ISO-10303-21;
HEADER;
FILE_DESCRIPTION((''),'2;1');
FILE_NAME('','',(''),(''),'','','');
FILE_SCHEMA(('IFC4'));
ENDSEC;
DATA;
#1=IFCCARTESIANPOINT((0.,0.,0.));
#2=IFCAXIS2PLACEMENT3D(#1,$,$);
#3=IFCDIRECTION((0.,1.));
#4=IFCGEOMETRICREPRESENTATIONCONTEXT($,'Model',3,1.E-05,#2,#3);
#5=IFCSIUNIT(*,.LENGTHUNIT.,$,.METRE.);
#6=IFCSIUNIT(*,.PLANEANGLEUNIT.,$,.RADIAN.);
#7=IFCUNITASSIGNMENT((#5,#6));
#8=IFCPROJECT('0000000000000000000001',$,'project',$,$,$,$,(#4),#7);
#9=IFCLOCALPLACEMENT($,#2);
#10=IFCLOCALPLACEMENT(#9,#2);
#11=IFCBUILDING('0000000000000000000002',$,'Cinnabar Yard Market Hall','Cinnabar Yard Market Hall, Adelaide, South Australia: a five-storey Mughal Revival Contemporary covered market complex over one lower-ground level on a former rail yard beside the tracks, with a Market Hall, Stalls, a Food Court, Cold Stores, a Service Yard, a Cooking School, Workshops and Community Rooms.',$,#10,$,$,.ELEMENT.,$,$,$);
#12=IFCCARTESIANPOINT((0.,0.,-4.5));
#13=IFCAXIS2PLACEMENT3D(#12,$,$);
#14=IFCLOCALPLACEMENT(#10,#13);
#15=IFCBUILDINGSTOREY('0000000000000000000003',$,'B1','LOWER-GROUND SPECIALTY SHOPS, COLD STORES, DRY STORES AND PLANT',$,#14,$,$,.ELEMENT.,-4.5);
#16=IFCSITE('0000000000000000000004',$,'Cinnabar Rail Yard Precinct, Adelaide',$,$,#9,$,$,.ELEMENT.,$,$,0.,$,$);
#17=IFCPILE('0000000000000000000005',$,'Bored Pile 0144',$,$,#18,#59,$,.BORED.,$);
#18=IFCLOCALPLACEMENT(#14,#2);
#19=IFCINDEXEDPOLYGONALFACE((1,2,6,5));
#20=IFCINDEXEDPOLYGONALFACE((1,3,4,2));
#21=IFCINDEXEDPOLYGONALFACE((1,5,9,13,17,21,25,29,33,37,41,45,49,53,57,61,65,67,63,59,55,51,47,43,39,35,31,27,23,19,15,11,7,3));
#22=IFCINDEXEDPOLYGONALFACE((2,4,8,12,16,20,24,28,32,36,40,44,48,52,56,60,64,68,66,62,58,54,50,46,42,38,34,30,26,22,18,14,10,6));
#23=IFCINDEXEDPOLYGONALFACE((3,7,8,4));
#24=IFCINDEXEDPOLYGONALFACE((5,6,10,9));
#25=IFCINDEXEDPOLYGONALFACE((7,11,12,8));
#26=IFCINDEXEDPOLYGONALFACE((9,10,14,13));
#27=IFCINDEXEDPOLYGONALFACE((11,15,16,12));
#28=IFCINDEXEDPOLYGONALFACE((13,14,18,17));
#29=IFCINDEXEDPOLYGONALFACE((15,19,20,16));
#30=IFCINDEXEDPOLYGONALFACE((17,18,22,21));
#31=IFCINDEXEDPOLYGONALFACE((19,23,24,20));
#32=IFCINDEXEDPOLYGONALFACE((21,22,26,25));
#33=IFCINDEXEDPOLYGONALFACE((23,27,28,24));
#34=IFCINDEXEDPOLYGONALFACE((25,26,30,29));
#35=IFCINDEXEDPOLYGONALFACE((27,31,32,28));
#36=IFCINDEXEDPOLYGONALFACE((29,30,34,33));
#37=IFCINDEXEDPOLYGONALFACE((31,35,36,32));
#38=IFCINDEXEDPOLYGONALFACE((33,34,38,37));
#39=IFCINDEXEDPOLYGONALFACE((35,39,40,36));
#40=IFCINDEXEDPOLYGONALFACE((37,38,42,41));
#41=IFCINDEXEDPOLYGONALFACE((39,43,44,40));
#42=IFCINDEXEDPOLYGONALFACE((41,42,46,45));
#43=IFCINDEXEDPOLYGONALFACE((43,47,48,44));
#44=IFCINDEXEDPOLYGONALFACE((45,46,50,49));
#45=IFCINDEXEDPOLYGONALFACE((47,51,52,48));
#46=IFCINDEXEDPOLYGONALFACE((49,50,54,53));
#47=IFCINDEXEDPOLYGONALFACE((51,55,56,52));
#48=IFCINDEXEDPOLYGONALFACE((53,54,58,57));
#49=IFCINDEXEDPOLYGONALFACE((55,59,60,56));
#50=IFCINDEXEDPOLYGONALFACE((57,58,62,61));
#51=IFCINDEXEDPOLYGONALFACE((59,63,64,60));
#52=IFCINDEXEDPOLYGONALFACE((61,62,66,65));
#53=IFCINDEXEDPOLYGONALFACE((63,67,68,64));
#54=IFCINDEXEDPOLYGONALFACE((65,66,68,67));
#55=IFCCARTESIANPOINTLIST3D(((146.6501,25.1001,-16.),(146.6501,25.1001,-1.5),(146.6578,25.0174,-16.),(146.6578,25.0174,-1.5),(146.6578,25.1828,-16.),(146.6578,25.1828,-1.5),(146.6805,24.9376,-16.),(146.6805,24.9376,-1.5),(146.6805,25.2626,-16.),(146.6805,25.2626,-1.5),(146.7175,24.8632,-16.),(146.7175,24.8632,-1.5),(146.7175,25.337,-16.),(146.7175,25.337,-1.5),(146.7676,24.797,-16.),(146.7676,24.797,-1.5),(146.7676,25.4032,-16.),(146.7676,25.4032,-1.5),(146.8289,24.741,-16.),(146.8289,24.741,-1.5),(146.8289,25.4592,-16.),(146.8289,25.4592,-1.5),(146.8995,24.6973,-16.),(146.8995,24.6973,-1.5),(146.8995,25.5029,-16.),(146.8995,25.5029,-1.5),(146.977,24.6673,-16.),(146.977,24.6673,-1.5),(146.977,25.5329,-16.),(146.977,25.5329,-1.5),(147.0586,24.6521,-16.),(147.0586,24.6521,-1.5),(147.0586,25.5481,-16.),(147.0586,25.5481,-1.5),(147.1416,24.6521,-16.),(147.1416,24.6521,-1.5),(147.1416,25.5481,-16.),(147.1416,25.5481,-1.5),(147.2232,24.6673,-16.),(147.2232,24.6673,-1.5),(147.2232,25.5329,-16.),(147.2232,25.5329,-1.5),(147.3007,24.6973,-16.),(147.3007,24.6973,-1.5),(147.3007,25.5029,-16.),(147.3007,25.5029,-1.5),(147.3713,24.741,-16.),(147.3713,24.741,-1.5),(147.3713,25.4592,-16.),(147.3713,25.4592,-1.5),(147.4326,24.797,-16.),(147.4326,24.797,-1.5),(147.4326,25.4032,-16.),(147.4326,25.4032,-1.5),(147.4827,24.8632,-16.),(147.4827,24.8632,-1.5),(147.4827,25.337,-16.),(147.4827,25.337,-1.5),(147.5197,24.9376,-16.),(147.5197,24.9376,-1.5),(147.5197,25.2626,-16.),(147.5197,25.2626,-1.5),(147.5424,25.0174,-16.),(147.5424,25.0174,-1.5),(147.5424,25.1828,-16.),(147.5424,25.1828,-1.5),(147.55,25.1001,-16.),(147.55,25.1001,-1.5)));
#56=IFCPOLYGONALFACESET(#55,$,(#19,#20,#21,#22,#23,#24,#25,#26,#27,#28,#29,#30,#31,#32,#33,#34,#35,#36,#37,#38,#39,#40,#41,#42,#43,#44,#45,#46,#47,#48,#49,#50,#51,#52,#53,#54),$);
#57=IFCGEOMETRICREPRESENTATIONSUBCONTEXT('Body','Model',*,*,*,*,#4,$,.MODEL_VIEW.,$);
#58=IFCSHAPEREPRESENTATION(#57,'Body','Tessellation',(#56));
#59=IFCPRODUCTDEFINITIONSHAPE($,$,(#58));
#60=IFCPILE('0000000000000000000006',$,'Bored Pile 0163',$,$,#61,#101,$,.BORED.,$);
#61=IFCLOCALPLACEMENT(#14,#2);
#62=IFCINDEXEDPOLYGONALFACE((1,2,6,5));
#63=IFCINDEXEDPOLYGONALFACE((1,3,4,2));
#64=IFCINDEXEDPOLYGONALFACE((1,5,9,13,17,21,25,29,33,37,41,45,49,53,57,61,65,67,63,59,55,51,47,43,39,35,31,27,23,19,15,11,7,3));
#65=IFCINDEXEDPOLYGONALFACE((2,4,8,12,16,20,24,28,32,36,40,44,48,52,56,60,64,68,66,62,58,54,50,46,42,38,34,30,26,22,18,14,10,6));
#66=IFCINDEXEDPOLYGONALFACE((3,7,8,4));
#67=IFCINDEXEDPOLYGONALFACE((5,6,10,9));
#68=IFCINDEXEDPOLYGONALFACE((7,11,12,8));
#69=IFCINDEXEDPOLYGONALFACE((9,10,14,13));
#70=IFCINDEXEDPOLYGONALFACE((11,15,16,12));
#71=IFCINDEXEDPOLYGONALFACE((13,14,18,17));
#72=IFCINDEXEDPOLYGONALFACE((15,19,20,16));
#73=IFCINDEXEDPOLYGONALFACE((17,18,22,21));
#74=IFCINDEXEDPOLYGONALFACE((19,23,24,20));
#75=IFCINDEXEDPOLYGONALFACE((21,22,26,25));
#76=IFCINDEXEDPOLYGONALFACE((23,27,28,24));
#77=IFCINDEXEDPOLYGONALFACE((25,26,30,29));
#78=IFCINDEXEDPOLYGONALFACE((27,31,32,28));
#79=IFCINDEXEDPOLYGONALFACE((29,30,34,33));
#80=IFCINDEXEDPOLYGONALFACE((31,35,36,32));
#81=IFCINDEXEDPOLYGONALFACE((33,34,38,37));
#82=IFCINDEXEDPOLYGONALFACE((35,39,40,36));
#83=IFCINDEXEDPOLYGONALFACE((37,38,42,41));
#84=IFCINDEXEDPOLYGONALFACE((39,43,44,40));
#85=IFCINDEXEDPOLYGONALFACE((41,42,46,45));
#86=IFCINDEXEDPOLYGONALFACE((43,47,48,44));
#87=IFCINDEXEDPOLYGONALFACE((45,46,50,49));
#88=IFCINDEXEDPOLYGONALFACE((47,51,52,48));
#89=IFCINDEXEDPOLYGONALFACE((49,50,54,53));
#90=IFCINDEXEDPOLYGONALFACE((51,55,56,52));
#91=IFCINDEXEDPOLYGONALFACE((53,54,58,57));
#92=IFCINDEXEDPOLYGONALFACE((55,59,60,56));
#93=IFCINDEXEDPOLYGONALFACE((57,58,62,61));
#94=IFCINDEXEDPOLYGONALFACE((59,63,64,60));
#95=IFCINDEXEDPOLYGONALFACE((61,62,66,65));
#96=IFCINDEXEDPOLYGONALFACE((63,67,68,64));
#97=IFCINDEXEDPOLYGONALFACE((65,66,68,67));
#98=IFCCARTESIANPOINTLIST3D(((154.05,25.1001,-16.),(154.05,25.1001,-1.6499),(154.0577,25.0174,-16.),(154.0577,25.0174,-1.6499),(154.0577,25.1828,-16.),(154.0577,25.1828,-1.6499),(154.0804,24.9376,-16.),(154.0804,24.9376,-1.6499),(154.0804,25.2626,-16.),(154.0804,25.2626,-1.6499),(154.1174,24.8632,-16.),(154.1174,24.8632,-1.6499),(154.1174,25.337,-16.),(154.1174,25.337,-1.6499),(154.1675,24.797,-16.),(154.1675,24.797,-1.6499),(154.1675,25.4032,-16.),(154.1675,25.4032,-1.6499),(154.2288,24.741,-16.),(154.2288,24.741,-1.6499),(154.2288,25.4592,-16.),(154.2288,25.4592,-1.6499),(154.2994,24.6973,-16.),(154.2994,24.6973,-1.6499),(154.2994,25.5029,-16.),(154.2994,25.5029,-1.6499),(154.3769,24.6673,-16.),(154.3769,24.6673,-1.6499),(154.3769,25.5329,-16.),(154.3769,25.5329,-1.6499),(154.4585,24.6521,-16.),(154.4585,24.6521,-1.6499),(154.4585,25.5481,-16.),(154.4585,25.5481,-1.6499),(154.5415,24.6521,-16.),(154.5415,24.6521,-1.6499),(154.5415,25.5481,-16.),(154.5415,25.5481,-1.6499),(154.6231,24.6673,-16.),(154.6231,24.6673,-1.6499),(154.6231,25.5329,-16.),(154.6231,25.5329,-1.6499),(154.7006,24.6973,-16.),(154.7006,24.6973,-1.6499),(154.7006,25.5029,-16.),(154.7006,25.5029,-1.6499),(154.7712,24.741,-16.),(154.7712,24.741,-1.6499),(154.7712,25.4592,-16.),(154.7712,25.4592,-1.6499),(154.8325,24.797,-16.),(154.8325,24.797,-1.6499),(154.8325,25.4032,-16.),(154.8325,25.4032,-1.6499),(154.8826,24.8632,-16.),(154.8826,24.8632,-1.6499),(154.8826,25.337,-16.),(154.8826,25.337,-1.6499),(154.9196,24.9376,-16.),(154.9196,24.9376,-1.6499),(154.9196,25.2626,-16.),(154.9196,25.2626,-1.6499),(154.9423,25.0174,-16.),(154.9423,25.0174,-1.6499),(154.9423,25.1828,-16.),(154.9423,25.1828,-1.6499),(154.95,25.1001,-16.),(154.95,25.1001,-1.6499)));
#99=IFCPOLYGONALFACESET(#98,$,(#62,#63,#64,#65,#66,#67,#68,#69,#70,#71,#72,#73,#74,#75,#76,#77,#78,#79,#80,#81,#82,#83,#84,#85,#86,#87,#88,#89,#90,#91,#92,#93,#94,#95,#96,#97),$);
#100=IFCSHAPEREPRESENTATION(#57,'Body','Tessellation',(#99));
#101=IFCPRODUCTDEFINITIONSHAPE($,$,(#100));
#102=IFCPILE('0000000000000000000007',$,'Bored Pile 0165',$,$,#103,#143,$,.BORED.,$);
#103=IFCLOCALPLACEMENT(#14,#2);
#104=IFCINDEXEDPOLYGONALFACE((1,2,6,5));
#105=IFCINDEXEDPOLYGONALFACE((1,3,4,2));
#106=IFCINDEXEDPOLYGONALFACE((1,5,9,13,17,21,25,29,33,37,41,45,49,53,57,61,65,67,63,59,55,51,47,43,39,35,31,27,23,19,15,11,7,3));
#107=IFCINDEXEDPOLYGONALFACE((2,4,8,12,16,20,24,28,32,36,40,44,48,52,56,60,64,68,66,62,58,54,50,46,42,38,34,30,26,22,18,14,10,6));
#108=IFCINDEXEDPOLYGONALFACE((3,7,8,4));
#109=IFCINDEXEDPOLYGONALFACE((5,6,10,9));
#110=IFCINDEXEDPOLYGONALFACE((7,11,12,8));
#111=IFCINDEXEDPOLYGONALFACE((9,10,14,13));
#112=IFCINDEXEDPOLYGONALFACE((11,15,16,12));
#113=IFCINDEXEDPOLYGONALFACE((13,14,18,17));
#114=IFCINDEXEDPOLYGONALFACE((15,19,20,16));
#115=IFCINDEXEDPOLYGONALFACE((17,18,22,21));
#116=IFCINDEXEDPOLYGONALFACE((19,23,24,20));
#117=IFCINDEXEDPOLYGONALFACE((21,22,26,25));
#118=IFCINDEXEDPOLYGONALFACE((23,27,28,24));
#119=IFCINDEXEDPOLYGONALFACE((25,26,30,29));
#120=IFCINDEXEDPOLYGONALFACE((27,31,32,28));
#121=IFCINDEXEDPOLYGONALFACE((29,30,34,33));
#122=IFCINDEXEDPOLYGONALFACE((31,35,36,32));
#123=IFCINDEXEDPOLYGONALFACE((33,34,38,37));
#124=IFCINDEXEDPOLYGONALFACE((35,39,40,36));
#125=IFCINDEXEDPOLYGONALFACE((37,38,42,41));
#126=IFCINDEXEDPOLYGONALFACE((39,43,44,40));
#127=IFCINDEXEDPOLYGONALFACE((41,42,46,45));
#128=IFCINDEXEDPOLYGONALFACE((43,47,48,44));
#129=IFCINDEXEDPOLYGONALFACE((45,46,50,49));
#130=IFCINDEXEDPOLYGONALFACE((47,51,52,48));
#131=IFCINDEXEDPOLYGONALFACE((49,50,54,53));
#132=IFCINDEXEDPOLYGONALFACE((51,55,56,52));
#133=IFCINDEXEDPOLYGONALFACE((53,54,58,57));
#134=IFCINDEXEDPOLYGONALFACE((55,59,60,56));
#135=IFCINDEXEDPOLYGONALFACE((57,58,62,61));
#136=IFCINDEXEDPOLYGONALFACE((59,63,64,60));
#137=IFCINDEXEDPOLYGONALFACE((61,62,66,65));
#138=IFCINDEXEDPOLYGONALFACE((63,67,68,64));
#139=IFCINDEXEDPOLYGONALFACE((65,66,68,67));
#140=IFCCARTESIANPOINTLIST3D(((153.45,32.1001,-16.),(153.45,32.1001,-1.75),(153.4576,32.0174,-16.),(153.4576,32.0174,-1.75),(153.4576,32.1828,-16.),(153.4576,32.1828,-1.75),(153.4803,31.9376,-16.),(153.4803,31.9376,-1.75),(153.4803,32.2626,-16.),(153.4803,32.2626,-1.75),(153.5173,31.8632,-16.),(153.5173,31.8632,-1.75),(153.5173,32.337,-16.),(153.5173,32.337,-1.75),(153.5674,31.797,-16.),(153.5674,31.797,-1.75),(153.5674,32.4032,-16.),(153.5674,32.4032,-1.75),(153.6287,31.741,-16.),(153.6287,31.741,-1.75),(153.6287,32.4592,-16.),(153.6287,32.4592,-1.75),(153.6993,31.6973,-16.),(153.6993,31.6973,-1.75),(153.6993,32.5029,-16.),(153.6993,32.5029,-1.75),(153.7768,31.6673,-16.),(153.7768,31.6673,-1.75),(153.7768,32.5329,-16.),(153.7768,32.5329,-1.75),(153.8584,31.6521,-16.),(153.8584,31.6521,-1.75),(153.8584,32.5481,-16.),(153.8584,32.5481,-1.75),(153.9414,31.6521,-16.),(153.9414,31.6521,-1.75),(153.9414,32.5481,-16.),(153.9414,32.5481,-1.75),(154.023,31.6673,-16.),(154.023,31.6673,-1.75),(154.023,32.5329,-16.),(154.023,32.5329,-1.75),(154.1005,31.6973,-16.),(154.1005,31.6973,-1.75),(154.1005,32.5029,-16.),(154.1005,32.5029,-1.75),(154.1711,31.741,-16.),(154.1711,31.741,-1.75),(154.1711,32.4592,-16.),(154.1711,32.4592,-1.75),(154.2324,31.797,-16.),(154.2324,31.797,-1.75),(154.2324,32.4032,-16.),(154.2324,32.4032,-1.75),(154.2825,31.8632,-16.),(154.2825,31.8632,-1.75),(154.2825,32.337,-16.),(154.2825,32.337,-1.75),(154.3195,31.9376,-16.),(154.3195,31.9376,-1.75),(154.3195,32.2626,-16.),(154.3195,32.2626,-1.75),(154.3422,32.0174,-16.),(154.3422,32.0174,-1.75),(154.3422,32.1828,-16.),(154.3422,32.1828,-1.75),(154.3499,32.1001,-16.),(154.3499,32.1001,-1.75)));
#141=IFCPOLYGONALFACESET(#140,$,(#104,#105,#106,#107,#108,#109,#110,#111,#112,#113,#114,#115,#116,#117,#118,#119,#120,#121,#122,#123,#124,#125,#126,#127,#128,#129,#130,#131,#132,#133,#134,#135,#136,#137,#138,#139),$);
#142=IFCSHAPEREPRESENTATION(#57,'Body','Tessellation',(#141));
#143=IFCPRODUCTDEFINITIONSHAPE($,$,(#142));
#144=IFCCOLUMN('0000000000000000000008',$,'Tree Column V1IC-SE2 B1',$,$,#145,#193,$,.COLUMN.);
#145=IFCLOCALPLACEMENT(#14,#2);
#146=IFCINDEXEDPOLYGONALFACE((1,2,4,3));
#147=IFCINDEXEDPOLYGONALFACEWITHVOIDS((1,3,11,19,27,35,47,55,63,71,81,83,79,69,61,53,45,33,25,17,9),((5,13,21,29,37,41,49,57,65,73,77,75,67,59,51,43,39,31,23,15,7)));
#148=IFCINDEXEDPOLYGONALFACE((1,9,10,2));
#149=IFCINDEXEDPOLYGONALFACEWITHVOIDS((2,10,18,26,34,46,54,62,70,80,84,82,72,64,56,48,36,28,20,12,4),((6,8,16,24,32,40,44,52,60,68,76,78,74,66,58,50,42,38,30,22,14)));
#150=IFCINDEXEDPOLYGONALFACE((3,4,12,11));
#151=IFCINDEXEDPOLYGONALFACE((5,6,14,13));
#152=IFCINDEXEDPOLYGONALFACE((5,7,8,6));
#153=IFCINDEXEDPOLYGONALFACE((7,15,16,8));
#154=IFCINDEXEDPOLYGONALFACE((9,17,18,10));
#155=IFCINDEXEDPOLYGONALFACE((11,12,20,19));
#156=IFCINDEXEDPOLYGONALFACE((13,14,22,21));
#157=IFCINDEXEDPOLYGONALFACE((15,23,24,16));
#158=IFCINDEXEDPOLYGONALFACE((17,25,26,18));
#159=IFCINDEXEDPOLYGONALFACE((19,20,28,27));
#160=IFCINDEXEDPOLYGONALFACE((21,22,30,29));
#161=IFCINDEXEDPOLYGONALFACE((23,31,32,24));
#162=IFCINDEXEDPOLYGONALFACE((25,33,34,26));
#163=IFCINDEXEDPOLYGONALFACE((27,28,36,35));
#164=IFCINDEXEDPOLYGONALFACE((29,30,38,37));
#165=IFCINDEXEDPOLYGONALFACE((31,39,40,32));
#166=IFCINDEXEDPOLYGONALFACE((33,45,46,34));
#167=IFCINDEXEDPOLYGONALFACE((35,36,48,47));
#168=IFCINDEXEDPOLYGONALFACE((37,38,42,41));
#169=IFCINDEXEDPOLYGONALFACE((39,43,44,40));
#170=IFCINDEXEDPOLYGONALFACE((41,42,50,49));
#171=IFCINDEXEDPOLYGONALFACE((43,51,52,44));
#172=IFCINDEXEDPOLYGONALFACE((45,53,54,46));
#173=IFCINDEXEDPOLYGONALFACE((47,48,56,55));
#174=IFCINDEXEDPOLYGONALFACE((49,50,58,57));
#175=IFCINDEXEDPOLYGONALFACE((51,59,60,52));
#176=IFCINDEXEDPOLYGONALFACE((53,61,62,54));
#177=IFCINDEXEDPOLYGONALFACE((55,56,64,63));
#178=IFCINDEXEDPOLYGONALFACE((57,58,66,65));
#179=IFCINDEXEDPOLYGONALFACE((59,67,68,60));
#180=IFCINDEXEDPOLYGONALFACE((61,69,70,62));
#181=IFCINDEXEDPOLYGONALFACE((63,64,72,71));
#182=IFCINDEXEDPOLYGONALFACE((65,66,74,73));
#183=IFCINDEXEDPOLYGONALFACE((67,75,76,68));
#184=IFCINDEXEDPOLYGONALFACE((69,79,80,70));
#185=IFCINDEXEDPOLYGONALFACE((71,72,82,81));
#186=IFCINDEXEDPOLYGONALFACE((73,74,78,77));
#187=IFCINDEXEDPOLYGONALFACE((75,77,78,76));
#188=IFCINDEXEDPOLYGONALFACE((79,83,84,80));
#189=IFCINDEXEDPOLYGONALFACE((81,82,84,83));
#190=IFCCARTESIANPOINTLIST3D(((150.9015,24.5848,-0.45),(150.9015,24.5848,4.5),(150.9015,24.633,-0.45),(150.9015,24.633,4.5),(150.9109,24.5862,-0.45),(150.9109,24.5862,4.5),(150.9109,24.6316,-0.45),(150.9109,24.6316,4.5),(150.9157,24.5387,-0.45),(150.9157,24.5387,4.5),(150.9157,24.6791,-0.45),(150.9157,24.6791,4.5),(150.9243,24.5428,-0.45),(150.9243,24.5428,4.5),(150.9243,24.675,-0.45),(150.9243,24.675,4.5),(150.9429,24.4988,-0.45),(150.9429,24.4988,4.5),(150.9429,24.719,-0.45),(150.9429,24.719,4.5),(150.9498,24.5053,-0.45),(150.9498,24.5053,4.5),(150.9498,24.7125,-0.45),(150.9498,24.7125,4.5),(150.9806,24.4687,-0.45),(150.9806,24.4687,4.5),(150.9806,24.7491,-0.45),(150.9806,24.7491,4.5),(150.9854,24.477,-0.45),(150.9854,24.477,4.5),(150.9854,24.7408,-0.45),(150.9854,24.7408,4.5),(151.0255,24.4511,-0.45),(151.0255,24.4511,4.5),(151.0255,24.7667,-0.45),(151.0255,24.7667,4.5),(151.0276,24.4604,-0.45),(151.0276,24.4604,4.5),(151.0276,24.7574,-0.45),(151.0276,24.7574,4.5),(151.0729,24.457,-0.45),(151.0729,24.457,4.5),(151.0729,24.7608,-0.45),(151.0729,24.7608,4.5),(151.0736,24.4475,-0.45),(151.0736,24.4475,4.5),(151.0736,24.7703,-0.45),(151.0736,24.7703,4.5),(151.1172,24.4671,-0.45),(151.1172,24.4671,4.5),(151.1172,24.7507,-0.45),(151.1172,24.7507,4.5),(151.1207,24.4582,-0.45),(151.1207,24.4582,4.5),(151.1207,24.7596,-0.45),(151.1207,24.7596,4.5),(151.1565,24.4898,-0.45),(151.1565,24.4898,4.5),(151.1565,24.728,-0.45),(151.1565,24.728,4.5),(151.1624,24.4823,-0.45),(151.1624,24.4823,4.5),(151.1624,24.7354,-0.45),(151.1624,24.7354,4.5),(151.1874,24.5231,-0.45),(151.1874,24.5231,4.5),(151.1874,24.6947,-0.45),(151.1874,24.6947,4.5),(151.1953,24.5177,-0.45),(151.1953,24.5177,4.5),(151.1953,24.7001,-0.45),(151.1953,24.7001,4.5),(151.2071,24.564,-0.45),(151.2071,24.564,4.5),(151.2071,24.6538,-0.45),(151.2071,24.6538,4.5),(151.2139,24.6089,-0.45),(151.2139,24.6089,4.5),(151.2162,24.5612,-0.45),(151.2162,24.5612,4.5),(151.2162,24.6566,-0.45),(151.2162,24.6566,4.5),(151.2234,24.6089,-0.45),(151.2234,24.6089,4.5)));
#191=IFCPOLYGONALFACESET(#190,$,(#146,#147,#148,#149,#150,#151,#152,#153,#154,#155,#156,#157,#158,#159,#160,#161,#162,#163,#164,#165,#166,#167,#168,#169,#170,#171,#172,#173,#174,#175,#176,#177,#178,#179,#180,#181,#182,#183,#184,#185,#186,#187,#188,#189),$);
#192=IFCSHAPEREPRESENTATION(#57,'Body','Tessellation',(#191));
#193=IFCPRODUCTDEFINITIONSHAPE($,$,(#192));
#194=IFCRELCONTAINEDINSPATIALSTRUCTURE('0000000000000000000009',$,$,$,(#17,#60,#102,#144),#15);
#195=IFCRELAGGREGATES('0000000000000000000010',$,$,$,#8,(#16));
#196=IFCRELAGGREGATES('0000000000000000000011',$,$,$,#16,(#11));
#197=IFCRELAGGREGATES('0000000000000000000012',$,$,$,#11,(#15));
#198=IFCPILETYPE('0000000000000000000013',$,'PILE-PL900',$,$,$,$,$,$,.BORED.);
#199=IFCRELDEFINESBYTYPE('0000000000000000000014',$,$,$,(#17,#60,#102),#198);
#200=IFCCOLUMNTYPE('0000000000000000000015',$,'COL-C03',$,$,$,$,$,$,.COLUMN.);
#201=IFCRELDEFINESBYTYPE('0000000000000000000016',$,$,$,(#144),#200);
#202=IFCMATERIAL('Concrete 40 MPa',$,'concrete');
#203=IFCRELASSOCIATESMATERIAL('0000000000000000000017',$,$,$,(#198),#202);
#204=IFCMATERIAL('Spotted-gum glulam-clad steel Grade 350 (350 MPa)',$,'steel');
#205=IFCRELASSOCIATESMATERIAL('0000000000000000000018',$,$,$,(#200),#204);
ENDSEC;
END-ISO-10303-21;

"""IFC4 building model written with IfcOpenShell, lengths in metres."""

from ifc_helpers import new_model, si_unit, direction, frame, origin, origin_2d_with_axis, place, context, subcontext, project, spatial, circle, hollow_circle, extrude, material, material_profile, profile_set, type_object, element, save


model = new_model("IFC4")

# Units and contexts
model_context = context("Model", 3, precision=1e-05, world=origin(), true_north=direction((0.0, 1.0)))
body_context = subcontext(model_context, "Body", "Model", "MODEL_VIEW")
ifc_project = project(units=[si_unit("LENGTHUNIT", "METRE"), si_unit("PLANEANGLEUNIT", "RADIAN")], contexts=[model_context])

# Site, building, storey
site_placement = place(None, origin())
site = spatial("IfcSite", under=ifc_project, at=site_placement, Name="Cinnabar Rail Yard Precinct, Adelaide", CompositionType="ELEMENT", RefElevation=0.0)
building_placement = place(site_placement, origin())
building = spatial("IfcBuilding", under=site, at=building_placement, Name="Cinnabar Yard Market Hall", Description="Cinnabar Yard Market Hall, Adelaide, South Australia: a five-storey Mughal Revival Contemporary covered market complex over one lower-ground level on a former rail yard beside the tracks, with a Market Hall, Stalls, a Food Court, Cold Stores, a Service Yard, a Cooking School, Workshops and Community Rooms.", CompositionType="ELEMENT")
storey_placement = place(building_placement, frame((0.0, 0.0, -4.5)))
storey = spatial("IfcBuildingStorey", under=building, at=storey_placement, Name="B1", Description="LOWER-GROUND SPECIALTY SHOPS, COLD STORES, DRY STORES AND PLANT", CompositionType="ELEMENT", Elevation=-4.5)

# Shared definitions
ifc_material_1 = material(Name="Concrete 40 MPa", Category="concrete")

# Piles
ifc_material_profile_1 = material_profile(ifc_material_1, circle(Radius=0.45, at=origin_2d_with_axis()), Name="PILE-D900")
ifc_profile_set_1 = profile_set([ifc_material_profile_1], Name="Concrete 40 MPa")
pile_type_1 = type_object("IfcPileType", Name="PILE-PL900", PredefinedType="BORED", material=ifc_profile_set_1)
for number, where, z_axis, x_axis, name in (
    (1, (147.1001, 25.1001, -1.5), (0.0, 0.0, -1.0), (1.0, 0.0, 0.0), "Bored Pile 0144"),
):
    element("IfcPile", number, at=place(storey_placement, frame(where, z_axis=z_axis, x_axis=x_axis)), inside=storey, type_object=pile_type_1, Name=name, PredefinedType="BORED", context=body_context, shape_type="SweptSolid", body=[
        extrude(circle(Radius=0.45, at=origin_2d_with_axis()), origin(), (0.0, 0.0, 1.0), 14.5),
    ])
pile_1_placement = place(storey_placement, frame((154.5, 25.1001, -1.6499), z_axis=(0.0, 0.0, -1.0), x_axis=(1.0, 0.0, 0.0)))
element("IfcPile", 2, at=pile_1_placement, inside=storey, type_object=pile_type_1, Name="Bored Pile 0163", PredefinedType="BORED", context=body_context, shape_type="SweptSolid", body=[
    extrude(circle(Radius=0.45, at=origin_2d_with_axis()), origin(), (0.0, 0.0, 1.0), 14.3501),
])
pile_2_placement = place(storey_placement, frame((153.8999, 32.1001, -1.75), z_axis=(0.0, 0.0, -1.0), x_axis=(1.0, 0.0, 0.0)))
element("IfcPile", 3, at=pile_2_placement, inside=storey, type_object=pile_type_1, Name="Bored Pile 0165", PredefinedType="BORED", context=body_context, shape_type="SweptSolid", body=[
    extrude(circle(Radius=0.45, at=origin_2d_with_axis()), origin(), (0.0, 0.0, 1.0), 14.25),
])

# Column
ifc_material_2 = material(Name="Spotted-gum glulam-clad steel Grade 350 (350 MPa)", Category="steel")
ifc_material_profile_2 = material_profile(ifc_material_2, hollow_circle(Radius=0.1619, WallThickness=0.0095, at=origin_2d_with_axis()), Name="323.9x9.5CHS")
ifc_profile_set_2 = profile_set([ifc_material_profile_2], Name="Spotted-gum glulam-clad steel Grade 350 (350 MPa)")
column_type_1 = type_object("IfcColumnType", Name="COL-C03", PredefinedType="COLUMN", material=ifc_profile_set_2)
for number, where, z_axis, x_axis, name in (
    (4, (151.0615, 24.6089, -0.45), (0.0, 0.0, 1.0), (1.0, 0.0, 0.0), "Tree Column V1IC-SE2 B1"),
):
    element("IfcColumn", number, at=place(storey_placement, frame(where, z_axis=z_axis, x_axis=x_axis)), inside=storey, type_object=column_type_1, Name=name, PredefinedType="COLUMN", context=body_context, shape_type="SweptSolid", body=[
        extrude(hollow_circle(Radius=0.1619, WallThickness=0.0095, at=origin_2d_with_axis()), origin(), (0.0, 0.0, 1.0), 4.95),
    ])

save(model, "model.ifc")
